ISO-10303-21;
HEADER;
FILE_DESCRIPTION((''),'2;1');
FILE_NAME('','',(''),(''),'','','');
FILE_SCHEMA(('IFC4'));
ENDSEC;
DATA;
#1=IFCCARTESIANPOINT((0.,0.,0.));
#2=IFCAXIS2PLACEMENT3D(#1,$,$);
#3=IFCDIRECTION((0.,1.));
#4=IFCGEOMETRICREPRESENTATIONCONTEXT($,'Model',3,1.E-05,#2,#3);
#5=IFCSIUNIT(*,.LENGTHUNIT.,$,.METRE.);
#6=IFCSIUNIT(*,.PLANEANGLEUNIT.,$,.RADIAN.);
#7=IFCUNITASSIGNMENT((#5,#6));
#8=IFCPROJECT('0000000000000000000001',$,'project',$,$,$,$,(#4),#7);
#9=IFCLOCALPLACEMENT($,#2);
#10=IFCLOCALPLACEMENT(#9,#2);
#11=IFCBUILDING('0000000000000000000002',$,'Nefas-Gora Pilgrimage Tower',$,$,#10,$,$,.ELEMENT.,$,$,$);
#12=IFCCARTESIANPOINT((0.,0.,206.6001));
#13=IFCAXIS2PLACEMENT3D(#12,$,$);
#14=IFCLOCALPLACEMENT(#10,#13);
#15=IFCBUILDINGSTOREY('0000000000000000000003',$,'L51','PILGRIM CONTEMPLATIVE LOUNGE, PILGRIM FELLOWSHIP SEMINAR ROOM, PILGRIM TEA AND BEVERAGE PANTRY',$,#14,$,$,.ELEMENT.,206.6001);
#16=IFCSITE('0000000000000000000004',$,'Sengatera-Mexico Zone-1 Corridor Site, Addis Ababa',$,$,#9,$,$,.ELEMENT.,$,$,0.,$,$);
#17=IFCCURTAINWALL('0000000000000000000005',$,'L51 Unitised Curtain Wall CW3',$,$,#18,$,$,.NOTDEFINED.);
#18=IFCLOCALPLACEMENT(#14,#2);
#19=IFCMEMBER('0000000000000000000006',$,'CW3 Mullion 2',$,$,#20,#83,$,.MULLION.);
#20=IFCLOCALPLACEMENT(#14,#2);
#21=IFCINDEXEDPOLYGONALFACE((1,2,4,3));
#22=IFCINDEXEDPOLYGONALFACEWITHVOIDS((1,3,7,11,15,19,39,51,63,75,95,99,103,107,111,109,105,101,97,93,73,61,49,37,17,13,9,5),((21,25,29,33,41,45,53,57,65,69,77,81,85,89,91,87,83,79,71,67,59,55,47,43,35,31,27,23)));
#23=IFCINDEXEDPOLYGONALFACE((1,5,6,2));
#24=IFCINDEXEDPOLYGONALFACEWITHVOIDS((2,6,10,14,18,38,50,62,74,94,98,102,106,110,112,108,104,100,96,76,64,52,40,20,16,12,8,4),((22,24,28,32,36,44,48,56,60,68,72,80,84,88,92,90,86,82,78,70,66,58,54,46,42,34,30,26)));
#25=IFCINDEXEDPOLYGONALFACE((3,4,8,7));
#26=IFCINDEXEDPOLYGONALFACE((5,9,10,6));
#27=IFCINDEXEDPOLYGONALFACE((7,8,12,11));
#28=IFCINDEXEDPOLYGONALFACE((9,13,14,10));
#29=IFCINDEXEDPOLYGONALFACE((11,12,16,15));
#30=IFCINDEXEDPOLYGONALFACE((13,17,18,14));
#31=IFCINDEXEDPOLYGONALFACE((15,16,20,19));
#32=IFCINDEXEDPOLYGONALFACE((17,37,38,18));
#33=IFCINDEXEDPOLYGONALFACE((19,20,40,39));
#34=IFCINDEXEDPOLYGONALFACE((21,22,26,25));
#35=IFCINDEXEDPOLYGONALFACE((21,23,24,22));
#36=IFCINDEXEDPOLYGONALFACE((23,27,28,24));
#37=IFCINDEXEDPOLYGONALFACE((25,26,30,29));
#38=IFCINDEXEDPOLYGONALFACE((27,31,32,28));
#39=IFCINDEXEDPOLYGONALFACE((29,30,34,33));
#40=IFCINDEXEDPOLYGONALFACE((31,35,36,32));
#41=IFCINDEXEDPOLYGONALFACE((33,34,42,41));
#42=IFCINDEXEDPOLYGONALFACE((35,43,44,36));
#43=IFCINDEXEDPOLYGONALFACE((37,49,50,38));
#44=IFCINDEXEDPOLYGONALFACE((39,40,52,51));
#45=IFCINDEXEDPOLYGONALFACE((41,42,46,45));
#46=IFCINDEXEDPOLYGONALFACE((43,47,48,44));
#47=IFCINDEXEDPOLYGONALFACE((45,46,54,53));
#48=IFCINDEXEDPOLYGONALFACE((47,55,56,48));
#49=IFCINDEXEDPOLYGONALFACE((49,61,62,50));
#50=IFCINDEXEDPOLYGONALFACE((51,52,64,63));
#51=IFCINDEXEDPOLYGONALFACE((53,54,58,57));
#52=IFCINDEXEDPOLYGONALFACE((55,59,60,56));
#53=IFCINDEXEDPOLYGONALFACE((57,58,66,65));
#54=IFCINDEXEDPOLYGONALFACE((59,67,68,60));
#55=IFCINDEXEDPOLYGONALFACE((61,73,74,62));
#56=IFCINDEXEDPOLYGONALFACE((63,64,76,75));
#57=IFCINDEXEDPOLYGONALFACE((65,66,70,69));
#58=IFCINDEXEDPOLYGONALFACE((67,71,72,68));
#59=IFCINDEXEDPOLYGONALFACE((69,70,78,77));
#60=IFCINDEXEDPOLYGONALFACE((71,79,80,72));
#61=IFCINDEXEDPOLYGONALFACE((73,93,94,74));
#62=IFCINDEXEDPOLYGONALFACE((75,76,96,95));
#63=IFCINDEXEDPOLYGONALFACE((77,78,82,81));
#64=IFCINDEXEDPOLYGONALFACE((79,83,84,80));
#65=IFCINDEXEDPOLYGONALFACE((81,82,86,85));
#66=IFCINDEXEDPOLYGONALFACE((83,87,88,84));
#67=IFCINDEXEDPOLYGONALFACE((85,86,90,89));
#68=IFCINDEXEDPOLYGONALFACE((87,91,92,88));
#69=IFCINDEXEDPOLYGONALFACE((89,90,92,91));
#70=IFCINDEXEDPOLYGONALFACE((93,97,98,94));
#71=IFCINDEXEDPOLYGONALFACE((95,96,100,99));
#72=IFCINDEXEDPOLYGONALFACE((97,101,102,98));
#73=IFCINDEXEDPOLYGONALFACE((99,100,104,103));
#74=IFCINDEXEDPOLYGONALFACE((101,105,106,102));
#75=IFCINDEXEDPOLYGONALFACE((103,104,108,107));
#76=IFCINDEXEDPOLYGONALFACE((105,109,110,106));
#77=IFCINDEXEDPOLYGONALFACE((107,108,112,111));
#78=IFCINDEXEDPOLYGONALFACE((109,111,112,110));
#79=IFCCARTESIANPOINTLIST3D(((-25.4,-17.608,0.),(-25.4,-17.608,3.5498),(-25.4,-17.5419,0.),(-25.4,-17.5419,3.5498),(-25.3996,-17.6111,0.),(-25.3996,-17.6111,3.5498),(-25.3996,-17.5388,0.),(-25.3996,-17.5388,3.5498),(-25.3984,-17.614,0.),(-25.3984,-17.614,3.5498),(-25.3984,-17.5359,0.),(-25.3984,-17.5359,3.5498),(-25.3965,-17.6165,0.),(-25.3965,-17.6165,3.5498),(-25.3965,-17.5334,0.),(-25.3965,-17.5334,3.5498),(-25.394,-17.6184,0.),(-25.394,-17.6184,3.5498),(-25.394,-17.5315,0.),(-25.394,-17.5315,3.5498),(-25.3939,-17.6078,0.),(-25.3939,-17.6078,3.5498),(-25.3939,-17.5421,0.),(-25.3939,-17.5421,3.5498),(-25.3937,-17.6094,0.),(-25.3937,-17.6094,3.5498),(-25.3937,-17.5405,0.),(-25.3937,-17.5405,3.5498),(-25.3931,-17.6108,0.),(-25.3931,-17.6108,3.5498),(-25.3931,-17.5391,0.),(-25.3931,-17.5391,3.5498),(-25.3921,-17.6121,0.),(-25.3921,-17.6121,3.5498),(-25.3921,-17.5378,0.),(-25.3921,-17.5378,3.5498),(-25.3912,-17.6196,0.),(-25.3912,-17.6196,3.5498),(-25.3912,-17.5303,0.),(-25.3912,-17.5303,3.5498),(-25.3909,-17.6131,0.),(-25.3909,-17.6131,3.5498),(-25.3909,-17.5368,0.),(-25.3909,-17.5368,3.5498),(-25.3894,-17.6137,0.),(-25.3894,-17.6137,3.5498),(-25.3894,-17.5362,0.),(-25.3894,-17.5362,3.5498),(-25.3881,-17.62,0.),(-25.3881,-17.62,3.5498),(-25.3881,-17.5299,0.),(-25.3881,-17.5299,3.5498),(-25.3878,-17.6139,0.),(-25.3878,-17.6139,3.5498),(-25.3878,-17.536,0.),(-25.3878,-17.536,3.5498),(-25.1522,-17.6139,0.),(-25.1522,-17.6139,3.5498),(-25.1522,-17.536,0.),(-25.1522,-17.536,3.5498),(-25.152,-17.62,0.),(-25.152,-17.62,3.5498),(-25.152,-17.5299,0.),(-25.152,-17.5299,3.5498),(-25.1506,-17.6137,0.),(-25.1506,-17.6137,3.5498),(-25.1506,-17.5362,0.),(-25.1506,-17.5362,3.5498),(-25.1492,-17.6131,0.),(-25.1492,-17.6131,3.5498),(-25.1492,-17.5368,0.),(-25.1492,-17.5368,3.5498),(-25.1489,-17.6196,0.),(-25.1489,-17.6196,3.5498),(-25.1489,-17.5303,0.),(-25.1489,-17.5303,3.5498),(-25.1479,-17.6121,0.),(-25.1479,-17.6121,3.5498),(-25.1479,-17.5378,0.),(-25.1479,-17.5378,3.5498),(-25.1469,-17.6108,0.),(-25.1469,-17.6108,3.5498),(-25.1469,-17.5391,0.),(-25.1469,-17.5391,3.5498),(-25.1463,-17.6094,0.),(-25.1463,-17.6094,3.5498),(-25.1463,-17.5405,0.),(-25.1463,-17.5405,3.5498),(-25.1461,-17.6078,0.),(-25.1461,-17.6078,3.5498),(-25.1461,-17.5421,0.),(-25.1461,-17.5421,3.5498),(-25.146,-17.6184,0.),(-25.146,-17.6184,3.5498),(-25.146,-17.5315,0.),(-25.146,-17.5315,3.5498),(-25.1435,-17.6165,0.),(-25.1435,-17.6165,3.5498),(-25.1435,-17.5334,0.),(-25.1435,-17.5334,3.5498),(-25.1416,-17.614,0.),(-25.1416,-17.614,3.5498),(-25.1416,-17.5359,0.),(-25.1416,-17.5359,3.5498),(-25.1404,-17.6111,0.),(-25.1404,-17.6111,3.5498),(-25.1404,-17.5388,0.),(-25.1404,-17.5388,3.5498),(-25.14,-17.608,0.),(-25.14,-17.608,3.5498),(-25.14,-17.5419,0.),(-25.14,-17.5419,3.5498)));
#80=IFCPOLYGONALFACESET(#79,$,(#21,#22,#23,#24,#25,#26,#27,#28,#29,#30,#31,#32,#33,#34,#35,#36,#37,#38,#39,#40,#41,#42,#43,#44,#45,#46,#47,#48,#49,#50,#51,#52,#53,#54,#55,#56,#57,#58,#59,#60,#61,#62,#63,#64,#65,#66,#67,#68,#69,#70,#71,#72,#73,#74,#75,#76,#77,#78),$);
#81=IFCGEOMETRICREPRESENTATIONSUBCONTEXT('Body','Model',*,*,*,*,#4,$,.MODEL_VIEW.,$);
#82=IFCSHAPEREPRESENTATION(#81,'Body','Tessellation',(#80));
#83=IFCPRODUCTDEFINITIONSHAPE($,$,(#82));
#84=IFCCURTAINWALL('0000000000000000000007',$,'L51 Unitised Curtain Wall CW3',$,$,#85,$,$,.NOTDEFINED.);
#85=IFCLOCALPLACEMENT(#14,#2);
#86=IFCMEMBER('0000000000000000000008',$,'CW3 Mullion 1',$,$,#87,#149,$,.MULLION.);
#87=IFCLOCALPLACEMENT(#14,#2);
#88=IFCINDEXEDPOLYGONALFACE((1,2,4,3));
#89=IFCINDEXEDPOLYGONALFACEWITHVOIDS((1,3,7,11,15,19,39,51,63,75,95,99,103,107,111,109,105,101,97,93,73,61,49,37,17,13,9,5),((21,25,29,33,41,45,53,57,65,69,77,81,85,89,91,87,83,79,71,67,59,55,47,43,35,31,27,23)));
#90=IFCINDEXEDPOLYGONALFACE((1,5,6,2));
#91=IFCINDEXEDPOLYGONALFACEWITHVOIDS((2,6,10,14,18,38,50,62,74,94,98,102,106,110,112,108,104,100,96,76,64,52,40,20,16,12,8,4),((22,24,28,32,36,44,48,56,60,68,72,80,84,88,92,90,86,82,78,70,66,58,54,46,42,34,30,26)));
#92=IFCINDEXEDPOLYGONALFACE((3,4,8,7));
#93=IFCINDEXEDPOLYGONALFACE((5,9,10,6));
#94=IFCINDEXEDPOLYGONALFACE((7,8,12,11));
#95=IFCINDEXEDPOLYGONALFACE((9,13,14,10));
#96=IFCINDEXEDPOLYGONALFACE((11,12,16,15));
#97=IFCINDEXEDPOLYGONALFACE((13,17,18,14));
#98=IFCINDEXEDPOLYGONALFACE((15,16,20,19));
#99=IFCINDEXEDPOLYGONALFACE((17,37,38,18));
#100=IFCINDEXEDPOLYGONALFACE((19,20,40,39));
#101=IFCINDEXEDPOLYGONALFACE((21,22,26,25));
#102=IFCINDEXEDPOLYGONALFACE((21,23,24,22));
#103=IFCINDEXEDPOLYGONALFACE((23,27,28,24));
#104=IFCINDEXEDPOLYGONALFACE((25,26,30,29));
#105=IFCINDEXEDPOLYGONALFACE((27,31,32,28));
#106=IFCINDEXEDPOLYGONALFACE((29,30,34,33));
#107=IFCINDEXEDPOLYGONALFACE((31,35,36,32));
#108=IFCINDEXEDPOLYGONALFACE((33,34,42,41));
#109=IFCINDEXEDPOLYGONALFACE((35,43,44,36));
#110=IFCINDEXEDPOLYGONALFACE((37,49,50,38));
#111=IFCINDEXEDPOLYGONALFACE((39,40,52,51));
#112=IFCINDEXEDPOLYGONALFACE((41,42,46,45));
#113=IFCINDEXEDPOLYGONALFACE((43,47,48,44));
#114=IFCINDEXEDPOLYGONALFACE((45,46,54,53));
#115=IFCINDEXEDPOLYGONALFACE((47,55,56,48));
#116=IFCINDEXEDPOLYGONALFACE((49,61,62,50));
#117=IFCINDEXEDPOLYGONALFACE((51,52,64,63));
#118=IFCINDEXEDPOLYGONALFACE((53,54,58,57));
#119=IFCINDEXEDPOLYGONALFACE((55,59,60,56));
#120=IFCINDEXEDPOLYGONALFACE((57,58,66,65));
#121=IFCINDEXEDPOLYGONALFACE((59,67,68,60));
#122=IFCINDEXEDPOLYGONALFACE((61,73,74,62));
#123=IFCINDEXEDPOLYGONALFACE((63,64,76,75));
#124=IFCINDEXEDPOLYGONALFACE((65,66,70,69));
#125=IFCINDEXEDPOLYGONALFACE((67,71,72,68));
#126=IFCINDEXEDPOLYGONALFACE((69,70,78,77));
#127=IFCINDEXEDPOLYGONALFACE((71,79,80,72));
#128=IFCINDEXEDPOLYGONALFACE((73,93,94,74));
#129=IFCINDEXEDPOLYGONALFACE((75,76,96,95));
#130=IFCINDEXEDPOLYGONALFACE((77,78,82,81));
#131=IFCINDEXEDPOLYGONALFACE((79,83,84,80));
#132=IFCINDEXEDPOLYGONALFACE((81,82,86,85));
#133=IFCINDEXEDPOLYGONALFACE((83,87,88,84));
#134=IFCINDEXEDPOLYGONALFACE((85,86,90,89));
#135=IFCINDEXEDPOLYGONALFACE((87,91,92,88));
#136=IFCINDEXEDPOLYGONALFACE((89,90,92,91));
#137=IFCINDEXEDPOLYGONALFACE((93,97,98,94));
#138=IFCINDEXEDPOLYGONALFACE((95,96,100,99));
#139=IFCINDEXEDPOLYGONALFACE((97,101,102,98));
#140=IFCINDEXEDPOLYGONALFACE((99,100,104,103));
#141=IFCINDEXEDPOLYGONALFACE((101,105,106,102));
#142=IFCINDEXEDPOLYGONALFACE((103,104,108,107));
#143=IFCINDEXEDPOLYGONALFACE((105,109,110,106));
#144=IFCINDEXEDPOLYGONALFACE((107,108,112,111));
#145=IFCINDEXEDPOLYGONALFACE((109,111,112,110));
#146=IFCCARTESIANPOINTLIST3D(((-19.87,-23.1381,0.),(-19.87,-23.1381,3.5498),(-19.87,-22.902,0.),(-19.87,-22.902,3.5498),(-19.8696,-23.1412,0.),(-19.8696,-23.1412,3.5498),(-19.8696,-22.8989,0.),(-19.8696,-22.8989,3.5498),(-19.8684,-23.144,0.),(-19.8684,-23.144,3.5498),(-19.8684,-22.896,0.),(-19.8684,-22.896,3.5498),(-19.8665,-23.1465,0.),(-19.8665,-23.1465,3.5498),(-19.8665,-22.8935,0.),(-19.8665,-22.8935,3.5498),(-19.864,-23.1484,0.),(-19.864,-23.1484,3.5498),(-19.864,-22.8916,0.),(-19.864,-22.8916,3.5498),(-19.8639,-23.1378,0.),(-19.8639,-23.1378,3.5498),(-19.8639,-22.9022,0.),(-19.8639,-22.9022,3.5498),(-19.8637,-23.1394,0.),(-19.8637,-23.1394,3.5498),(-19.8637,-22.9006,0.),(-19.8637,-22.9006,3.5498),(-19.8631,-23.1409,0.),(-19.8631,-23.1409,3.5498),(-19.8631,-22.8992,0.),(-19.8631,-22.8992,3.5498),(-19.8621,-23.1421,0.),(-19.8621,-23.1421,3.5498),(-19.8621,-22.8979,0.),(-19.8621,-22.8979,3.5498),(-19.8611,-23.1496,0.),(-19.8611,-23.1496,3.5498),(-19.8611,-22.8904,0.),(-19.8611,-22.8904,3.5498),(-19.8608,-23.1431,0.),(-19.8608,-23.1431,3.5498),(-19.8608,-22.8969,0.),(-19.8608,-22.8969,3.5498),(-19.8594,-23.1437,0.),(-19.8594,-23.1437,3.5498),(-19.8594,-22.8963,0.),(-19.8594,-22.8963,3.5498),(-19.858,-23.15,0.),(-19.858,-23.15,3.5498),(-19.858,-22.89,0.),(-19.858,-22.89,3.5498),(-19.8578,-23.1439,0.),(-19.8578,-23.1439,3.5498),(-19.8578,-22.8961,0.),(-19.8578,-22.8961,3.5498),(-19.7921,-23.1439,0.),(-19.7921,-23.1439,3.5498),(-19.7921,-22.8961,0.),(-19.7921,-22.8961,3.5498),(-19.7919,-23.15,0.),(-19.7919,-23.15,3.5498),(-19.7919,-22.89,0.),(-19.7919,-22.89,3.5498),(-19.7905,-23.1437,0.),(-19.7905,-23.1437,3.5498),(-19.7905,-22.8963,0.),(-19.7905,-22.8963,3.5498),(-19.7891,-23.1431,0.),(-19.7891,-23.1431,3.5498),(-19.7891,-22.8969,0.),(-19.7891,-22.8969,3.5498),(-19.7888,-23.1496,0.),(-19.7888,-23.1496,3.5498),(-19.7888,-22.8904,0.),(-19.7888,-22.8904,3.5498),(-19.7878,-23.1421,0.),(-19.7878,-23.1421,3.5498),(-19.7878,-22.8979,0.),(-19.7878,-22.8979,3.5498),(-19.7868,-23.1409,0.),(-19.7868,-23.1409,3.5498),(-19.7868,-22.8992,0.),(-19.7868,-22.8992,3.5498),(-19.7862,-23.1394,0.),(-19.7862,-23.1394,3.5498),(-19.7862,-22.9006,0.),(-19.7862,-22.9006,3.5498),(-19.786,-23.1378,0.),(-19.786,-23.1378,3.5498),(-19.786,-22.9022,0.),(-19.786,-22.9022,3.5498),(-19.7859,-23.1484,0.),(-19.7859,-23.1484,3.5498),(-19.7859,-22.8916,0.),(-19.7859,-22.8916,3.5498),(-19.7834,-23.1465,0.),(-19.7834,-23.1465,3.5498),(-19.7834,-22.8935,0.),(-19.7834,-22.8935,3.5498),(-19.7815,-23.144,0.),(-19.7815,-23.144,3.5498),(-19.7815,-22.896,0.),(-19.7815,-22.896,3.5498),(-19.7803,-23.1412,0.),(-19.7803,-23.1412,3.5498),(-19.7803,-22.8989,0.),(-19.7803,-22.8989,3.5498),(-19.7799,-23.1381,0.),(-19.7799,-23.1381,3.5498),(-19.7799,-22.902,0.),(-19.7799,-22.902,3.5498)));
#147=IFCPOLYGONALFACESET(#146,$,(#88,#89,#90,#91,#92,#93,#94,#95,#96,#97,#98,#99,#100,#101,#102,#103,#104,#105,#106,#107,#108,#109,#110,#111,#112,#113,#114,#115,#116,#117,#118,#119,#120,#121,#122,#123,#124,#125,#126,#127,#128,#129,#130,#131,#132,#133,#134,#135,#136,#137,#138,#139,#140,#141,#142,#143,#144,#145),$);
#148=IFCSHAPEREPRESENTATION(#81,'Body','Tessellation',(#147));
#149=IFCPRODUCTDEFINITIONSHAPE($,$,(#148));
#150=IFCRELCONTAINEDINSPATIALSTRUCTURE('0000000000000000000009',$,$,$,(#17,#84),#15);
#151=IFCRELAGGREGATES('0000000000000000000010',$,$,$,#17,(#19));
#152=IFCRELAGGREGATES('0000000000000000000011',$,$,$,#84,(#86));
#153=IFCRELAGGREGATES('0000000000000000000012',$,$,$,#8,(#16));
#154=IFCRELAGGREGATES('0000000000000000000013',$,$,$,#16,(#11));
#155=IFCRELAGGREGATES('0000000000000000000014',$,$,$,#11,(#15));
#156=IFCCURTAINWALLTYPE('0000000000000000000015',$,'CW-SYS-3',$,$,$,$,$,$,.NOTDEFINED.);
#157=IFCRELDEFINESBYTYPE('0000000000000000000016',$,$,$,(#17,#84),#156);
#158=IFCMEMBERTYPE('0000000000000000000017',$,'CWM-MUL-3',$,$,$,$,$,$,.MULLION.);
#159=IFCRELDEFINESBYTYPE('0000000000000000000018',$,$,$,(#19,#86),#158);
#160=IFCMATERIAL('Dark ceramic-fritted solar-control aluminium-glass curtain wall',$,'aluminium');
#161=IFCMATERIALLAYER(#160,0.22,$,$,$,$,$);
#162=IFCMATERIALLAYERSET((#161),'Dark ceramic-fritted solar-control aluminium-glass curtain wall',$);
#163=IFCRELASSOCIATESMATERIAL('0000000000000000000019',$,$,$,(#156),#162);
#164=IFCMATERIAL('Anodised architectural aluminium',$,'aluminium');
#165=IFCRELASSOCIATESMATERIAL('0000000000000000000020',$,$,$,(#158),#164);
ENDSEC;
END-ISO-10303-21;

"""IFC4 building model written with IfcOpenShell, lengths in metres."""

from ifc_helpers import new_model, si_unit, direction, frame, origin, origin_2d, place, context, subcontext, project, spatial, hollow_rectangle, extrude, source, transform, mapped, material, layer, layer_set, material_profile, profile_set, type_object, element, aggregate, save


model = new_model("IFC4")

# Units and contexts
model_context = context("Model", 3, precision=1e-05, world=origin(), true_north=direction((0.0, 1.0)))
body_context = subcontext(model_context, "Body", "Model", "MODEL_VIEW")
ifc_project = project(units=[si_unit("LENGTHUNIT", "METRE"), si_unit("PLANEANGLEUNIT", "RADIAN")], contexts=[model_context])

# Site, building, storey
site_placement = place(None, origin())
site = spatial("IfcSite", under=ifc_project, at=site_placement, Name="Sengatera-Mexico Zone-1 Corridor Site, Addis Ababa", CompositionType="ELEMENT", RefElevation=0.0)
building_placement = place(site_placement, origin())
building = spatial("IfcBuilding", under=site, at=building_placement, Name="Nefas-Gora Pilgrimage Tower", CompositionType="ELEMENT")
storey_placement = place(building_placement, frame((0.0, 0.0, 206.6001)))
storey = spatial("IfcBuildingStorey", under=building, at=storey_placement, Name="L51", Description="PILGRIM CONTEMPLATIVE LOUNGE, PILGRIM FELLOWSHIP SEMINAR ROOM, PILGRIM TEA AND BEVERAGE PANTRY", CompositionType="ELEMENT", Elevation=206.6001)

# Shared definitions
ifc_material_1 = material(Name="Dark ceramic-fritted solar-control aluminium-glass curtain wall", Category="aluminium")
ifc_material_2 = material(Name="Anodised architectural aluminium", Category="aluminium")

# Curtain wall, member
ifc_layer_1 = layer(ifc_material_1, 0.22)
ifc_layer_set_1 = layer_set([ifc_layer_1], Name="Dark ceramic-fritted solar-control aluminium-glass curtain wall")
curtain_wall_type_1 = type_object("IfcCurtainWallType", Name="CW-SYS-3", PredefinedType="NOTDEFINED", material=ifc_layer_set_1)
curtain_wall_1_placement = place(storey_placement, origin())
curtain_wall_1 = element("IfcCurtainWall", 1, at=curtain_wall_1_placement, inside=storey, type_object=curtain_wall_type_1, Name="L51 Unitised Curtain Wall CW3", PredefinedType="NOTDEFINED")
ifc_material_profile_1 = material_profile(ifc_material_2, hollow_rectangle(XDim=0.0901, YDim=0.26, WallThickness=0.0061, InnerFilletRadius=0.0061, OuterFilletRadius=0.012, at=origin_2d()), Name="ALU MULLION 90x260")
ifc_profile_set_1 = profile_set([ifc_material_profile_1], Name="Anodised architectural aluminium")
member_type_1 = type_object("IfcMemberType", Name="CWM-MUL-3", PredefinedType="MULLION", material=ifc_profile_set_1)
shared_shape_1 = source(origin(), body_context, "Body", "SweptSolid", [
    extrude(hollow_rectangle(XDim=0.0901, YDim=0.26, WallThickness=0.0061, InnerFilletRadius=0.0061, OuterFilletRadius=0.012, at=origin_2d()), origin(), (0.0, 0.0, 1.0), 3.5498),
])
member_1_placement = place(storey_placement, frame((-25.27, -17.575, 0.0), z_axis=(0.0, 0.0, 1.0), x_axis=(0.0, -1.0, 0.0)))
member_1 = element("IfcMember", 2, at=member_1_placement, type_object=member_type_1, Name="CW3 Mullion 2", PredefinedType="MULLION", context=body_context, shape_type="MappedRepresentation", body=[
    mapped(shared_shape_1, transform((0.0, 0.0, 0.0), x_axis=(1.0, 0.0, 0.0), y_axis=(0.0, 1.0, 0.0), z_axis=(0.0, 0.0, 1.0), scale=1.0)),
])
aggregate(curtain_wall_1, [member_1])

# Curtain wall, member
curtain_wall_2_placement = place(storey_placement, origin())
curtain_wall_2 = element("IfcCurtainWall", 3, at=curtain_wall_2_placement, inside=storey, type_object=curtain_wall_type_1, Name="L51 Unitised Curtain Wall CW3", PredefinedType="NOTDEFINED")
member_2_placement = place(storey_placement, frame((-19.825, -23.02, 0.0), z_axis=(0.0, 0.0, 1.0), x_axis=(1.0, 0.0, 0.0)))
member_2 = element("IfcMember", 4, at=member_2_placement, type_object=member_type_1, Name="CW3 Mullion 1", PredefinedType="MULLION", context=body_context, shape_type="MappedRepresentation", body=[
    mapped(shared_shape_1, transform((0.0, 0.0, 0.0), x_axis=(1.0, 0.0, 0.0), y_axis=(0.0, 1.0, 0.0), z_axis=(0.0, 0.0, 1.0), scale=1.0)),
])

aggregate(curtain_wall_2, [member_2])

save(model, "model.ifc")
